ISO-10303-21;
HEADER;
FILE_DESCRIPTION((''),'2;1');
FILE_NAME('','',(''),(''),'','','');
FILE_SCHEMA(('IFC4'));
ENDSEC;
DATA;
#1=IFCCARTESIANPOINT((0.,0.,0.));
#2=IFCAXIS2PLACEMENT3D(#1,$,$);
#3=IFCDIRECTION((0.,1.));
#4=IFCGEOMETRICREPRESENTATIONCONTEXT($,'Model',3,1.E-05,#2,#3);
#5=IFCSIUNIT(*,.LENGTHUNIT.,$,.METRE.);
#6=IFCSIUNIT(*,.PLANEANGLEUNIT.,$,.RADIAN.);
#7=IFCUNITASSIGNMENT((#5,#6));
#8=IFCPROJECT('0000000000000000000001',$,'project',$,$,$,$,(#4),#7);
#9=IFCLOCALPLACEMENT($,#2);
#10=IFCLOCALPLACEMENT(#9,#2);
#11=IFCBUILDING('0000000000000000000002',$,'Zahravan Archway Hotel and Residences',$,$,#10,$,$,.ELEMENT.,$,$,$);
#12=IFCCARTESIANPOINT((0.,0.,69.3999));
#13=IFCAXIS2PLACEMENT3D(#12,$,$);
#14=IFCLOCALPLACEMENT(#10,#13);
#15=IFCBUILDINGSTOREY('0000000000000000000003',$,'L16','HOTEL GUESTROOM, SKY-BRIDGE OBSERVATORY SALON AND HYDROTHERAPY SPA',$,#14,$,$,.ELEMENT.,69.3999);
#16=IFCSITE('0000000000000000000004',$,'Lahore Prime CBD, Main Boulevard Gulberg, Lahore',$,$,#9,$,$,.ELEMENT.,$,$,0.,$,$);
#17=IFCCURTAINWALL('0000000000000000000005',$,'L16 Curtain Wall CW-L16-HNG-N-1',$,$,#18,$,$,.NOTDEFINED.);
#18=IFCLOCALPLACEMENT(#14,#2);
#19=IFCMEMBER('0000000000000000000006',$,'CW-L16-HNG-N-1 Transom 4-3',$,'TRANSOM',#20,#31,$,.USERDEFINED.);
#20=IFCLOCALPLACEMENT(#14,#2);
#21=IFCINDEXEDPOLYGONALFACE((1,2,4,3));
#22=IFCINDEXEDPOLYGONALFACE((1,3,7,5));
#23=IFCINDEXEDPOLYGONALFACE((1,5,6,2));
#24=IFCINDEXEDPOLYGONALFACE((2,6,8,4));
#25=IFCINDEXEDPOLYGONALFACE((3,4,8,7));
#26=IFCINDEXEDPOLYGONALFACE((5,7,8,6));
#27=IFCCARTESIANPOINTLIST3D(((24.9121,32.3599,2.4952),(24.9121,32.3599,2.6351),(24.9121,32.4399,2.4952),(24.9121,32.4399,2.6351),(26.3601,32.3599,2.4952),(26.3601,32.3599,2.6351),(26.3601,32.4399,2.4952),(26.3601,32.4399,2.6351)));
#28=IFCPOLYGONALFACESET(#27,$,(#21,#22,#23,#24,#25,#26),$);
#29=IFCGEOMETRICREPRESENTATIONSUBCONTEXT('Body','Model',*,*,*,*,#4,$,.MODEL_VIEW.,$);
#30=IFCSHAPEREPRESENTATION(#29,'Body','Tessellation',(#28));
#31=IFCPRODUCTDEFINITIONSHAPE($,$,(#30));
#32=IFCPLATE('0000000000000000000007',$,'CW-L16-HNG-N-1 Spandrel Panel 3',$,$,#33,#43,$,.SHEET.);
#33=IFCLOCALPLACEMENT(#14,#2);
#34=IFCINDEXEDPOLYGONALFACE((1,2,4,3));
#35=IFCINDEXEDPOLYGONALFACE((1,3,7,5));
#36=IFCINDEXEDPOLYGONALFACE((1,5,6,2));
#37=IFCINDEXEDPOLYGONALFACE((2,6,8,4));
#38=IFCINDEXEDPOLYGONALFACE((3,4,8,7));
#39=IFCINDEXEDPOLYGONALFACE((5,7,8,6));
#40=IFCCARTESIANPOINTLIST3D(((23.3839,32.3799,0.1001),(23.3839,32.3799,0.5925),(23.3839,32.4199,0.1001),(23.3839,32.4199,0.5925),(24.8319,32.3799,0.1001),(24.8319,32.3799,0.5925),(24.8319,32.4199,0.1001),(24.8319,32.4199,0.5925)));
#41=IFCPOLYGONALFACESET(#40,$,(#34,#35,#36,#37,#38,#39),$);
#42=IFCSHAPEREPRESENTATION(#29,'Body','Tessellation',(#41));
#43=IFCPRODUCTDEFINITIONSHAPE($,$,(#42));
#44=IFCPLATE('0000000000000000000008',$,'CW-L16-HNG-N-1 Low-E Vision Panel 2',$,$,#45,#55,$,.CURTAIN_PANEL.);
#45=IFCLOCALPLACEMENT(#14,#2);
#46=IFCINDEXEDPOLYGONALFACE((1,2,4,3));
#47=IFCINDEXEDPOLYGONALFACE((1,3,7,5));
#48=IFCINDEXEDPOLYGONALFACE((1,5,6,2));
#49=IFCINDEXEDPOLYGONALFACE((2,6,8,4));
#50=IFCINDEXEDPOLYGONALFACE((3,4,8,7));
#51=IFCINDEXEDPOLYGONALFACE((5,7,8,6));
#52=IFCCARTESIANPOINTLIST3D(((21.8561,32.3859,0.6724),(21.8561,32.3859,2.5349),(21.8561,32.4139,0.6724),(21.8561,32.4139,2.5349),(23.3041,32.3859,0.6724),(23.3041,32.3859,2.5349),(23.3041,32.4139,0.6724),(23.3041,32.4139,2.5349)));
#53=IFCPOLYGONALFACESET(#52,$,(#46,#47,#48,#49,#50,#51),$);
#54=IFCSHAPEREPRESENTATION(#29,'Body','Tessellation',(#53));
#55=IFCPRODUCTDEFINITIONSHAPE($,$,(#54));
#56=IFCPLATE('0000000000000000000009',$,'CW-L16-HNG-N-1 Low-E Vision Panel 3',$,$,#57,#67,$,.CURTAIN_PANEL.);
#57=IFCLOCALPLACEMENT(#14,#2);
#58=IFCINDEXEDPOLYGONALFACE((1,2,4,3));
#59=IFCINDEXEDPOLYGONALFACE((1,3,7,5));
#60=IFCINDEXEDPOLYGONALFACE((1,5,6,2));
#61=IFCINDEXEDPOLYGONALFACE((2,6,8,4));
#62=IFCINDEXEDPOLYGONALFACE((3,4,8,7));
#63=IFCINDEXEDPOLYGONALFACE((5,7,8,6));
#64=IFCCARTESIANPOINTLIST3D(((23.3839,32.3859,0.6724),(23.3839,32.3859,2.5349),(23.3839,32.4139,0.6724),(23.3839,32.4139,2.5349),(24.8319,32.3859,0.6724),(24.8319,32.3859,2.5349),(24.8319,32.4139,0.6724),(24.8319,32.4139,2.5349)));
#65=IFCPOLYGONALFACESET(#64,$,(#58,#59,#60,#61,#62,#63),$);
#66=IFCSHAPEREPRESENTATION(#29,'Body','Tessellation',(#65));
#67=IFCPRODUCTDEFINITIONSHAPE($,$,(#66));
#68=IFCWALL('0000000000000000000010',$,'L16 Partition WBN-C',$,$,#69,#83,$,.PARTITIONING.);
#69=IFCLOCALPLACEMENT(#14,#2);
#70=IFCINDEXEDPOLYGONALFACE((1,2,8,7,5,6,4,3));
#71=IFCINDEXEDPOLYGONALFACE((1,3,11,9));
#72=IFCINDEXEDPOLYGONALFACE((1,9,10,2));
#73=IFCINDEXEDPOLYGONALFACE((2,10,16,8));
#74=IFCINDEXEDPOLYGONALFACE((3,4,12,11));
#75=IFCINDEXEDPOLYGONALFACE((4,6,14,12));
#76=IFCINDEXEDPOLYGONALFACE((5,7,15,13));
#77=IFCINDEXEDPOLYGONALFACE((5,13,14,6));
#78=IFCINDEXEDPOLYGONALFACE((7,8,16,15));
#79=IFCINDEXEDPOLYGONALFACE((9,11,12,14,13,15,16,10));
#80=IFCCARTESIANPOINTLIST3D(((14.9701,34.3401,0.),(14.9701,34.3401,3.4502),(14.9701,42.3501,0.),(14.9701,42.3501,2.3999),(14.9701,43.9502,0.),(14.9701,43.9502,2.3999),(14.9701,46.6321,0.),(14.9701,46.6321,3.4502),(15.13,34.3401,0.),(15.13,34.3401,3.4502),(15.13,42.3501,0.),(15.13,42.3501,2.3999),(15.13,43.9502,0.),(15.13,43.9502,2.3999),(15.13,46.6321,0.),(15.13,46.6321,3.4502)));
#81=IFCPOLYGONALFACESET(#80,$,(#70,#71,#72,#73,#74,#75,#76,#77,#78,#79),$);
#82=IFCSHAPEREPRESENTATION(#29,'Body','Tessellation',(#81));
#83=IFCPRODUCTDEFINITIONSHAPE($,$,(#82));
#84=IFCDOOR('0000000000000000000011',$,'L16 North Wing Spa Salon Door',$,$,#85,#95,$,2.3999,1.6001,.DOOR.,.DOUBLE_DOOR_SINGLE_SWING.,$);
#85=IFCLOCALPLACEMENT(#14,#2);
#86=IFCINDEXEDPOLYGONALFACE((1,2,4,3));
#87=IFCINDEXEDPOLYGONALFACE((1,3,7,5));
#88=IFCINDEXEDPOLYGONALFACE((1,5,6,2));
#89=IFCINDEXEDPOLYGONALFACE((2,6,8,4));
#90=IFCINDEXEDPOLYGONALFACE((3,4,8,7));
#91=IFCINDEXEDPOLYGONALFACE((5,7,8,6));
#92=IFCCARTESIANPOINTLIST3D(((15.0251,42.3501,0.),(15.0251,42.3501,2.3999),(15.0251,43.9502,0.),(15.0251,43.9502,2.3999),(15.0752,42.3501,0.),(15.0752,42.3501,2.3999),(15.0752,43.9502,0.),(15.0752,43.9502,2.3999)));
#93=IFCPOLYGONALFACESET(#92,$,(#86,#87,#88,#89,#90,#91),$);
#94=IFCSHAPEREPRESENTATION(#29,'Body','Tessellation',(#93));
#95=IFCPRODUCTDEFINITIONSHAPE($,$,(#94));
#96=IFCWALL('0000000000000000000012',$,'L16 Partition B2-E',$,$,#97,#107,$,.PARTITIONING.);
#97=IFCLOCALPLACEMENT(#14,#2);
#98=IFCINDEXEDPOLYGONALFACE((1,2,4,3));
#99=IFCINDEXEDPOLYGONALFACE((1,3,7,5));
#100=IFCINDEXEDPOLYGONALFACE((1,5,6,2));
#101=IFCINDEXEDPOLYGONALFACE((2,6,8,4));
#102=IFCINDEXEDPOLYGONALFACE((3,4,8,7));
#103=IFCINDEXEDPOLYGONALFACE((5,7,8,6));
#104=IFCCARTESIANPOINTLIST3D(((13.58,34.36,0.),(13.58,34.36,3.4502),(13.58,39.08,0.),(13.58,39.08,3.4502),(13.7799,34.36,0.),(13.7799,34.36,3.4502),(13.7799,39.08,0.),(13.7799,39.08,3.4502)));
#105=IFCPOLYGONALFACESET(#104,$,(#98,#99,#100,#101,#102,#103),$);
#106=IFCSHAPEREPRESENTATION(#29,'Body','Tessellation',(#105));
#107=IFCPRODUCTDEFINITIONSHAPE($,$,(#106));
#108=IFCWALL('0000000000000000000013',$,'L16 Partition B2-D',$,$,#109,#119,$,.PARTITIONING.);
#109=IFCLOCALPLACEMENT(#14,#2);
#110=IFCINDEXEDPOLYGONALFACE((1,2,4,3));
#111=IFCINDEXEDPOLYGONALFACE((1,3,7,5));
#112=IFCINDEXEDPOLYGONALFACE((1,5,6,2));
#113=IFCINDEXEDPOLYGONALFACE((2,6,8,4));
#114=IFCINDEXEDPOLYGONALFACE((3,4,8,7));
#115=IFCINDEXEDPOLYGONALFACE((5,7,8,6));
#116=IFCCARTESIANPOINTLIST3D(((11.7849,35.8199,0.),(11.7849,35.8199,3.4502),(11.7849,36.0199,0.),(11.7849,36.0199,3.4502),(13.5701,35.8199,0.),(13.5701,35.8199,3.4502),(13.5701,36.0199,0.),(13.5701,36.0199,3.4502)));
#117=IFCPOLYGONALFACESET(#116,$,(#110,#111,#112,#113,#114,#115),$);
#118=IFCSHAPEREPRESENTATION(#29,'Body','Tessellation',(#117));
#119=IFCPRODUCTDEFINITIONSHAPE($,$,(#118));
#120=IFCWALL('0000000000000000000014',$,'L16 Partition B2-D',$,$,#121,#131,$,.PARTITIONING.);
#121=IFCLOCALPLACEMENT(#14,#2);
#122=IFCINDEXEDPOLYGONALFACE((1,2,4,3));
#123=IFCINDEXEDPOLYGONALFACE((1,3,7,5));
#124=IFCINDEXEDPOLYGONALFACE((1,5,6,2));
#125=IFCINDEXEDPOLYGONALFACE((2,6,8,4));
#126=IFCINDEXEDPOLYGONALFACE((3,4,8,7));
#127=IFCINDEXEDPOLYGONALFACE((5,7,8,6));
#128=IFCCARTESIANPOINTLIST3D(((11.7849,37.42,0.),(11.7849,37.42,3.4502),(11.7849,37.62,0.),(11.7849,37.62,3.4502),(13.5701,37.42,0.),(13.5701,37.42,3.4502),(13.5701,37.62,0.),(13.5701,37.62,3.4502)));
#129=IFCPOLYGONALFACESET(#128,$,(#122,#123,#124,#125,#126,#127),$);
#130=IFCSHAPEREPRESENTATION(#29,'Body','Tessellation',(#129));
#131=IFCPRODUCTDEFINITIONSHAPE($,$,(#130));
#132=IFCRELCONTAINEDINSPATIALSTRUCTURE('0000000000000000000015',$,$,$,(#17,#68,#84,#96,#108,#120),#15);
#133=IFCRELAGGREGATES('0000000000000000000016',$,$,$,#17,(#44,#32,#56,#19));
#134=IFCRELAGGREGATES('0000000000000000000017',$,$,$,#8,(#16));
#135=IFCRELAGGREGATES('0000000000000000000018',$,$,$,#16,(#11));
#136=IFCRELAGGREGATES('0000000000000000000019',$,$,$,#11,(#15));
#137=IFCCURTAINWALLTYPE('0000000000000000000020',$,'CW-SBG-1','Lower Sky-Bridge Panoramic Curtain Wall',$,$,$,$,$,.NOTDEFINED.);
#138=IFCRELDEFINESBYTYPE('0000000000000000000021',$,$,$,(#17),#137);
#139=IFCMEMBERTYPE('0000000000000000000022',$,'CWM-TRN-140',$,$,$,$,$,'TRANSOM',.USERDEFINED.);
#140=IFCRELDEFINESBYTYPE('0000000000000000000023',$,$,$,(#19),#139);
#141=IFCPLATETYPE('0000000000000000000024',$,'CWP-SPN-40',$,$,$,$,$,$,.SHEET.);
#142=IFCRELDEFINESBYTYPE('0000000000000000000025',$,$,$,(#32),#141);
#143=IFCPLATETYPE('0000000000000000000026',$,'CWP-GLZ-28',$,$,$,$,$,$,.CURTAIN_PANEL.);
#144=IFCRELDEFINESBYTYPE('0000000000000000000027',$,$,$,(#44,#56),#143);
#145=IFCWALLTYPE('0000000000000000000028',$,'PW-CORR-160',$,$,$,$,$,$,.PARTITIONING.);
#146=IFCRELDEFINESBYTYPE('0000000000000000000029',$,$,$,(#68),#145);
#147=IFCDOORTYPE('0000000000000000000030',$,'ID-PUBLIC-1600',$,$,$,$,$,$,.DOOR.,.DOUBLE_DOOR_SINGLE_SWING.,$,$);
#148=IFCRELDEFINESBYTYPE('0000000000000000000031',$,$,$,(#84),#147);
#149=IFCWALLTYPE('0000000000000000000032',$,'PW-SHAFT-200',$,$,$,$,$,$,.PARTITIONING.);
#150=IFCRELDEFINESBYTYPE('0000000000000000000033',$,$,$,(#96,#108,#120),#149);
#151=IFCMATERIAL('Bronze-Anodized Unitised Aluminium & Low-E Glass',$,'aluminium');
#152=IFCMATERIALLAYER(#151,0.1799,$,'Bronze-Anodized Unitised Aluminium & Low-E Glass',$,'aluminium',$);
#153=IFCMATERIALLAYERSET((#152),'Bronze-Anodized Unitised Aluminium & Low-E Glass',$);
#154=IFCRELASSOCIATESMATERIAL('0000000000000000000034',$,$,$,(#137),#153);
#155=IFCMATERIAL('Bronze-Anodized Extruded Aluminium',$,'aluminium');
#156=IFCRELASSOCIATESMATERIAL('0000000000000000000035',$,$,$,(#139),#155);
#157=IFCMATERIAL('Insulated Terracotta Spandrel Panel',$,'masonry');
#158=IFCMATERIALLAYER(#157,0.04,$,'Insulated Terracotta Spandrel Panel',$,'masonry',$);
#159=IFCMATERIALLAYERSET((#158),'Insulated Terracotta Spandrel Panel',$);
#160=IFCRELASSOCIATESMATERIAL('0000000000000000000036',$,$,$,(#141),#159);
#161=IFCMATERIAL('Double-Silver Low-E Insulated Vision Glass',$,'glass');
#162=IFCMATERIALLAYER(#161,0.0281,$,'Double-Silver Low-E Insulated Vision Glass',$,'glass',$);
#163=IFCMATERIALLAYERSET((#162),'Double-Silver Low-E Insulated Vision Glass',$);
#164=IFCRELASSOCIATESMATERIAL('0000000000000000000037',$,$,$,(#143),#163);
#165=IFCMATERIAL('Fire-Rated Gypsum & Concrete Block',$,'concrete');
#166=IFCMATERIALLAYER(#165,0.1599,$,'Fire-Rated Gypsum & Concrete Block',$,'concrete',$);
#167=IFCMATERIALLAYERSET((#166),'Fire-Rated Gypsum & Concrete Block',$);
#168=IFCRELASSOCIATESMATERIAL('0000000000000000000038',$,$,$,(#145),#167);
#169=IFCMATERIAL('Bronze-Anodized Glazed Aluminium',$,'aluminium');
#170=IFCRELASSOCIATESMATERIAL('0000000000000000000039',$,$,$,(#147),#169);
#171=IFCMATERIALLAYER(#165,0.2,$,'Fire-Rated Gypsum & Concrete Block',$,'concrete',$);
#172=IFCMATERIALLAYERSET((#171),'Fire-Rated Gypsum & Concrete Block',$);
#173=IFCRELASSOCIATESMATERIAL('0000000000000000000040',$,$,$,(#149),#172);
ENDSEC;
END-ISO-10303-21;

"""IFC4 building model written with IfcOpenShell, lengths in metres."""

from ifc_helpers import new_model, si_unit, direction, frame, frame_2d, origin, origin_2d, place, context, subcontext, project, spatial, rectangle, extrude, source, transform, mapped, material, layer, layer_set, material_profile, profile_set, type_object, type_shapes, element, fill, aggregate, save


model = new_model("IFC4")

# Units and contexts
model_context = context("Model", 3, precision=1e-05, world=origin(), true_north=direction((0.0, 1.0)))
body_context = subcontext(model_context, "Body", "Model", "MODEL_VIEW")
ifc_project = project(units=[si_unit("LENGTHUNIT", "METRE"), si_unit("PLANEANGLEUNIT", "RADIAN")], contexts=[model_context])

# Site, building, storey
site_placement = place(None, origin())
site = spatial("IfcSite", under=ifc_project, at=site_placement, Name="Lahore Prime CBD, Main Boulevard Gulberg, Lahore", CompositionType="ELEMENT", RefElevation=0.0)
building_placement = place(site_placement, origin())
building = spatial("IfcBuilding", under=site, at=building_placement, Name="Zahravan Archway Hotel and Residences", CompositionType="ELEMENT")
storey_placement = place(building_placement, frame((0.0, 0.0, 69.3999)))
storey = spatial("IfcBuildingStorey", under=building, at=storey_placement, Name="L16", Description="HOTEL GUESTROOM, SKY-BRIDGE OBSERVATORY SALON AND HYDROTHERAPY SPA", CompositionType="ELEMENT", Elevation=69.3999)

# Curtain wall, member, plates
ifc_material_1 = material(Name="Bronze-Anodized Unitised Aluminium & Low-E Glass", Category="aluminium")
ifc_layer_1 = layer(ifc_material_1, 0.1799, Name="Bronze-Anodized Unitised Aluminium & Low-E Glass", Category="aluminium")
ifc_layer_set_1 = layer_set([ifc_layer_1], Name="Bronze-Anodized Unitised Aluminium & Low-E Glass")
curtain_wall_type = type_object("IfcCurtainWallType", Name="CW-SBG-1", Description="Lower Sky-Bridge Panoramic Curtain Wall", PredefinedType="NOTDEFINED", material=ifc_layer_set_1)
curtain_wall_placement = place(storey_placement, origin())
curtain_wall = element("IfcCurtainWall", 1, at=curtain_wall_placement, inside=storey, type_object=curtain_wall_type, Name="L16 Curtain Wall CW-L16-HNG-N-1", PredefinedType="NOTDEFINED")
ifc_material_2 = material(Name="Bronze-Anodized Extruded Aluminium", Category="aluminium")
ifc_material_profile_1 = material_profile(ifc_material_2, rectangle(XDim=0.0801, YDim=0.1399, at=origin_2d()), Name="TRN 80x140", Category="aluminium")
ifc_profile_set_1 = profile_set([ifc_material_profile_1], Name="Bronze-Anodized Extruded Aluminium")
member_type_1 = type_object("IfcMemberType", Name="CWM-TRN-140", ElementType="TRANSOM", PredefinedType="USERDEFINED", material=ifc_profile_set_1)
shared_shape_1 = source(origin(), body_context, "Body", "SweptSolid", [
    extrude(rectangle(XDim=0.0801, YDim=0.1399, at=origin_2d()), origin(), (0.0, 0.0, 1.0), 1.448),
])
member_1_placement = place(storey_placement, frame((24.9121, 32.3999, 2.5652), z_axis=(1.0, 0.0, 0.0), x_axis=(0.0, 1.0, 0.0)))
member_1 = element("IfcMember", 2, at=member_1_placement, type_object=member_type_1, Name="CW-L16-HNG-N-1 Transom 4-3", ObjectType="TRANSOM", PredefinedType="USERDEFINED", context=body_context, shape_type="MappedRepresentation", body=[
    mapped(shared_shape_1, transform((0.0, 0.0, 0.0), scale=1.0)),
])
ifc_material_3 = material(Name="Insulated Terracotta Spandrel Panel", Category="masonry")
ifc_layer_2 = layer(ifc_material_3, 0.04, Name="Insulated Terracotta Spandrel Panel", Category="masonry")
ifc_layer_set_2 = layer_set([ifc_layer_2], Name="Insulated Terracotta Spandrel Panel")
plate_type_1 = type_object("IfcPlateType", Name="CWP-SPN-40", PredefinedType="SHEET", material=ifc_layer_set_2)
shared_shape_2 = source(origin(), body_context, "Body", "SweptSolid", [
    extrude(rectangle(XDim=1.448, YDim=0.04, at=origin_2d()), origin(), (0.0, 0.0, 1.0), 0.4924),
])
plate_1_placement = place(storey_placement, frame((24.1079, 32.3999, 0.1001), z_axis=(0.0, 0.0, 1.0), x_axis=(1.0, 0.0, 0.0)))
plate_1 = element("IfcPlate", 3, at=plate_1_placement, type_object=plate_type_1, Name="CW-L16-HNG-N-1 Spandrel Panel 3", PredefinedType="SHEET", context=body_context, shape_type="MappedRepresentation", body=[
    mapped(shared_shape_2, transform((0.0, 0.0, 0.0), scale=1.0)),
])
ifc_material_4 = material(Name="Double-Silver Low-E Insulated Vision Glass", Category="glass")
ifc_layer_3 = layer(ifc_material_4, 0.0281, Name="Double-Silver Low-E Insulated Vision Glass", Category="glass")
ifc_layer_set_3 = layer_set([ifc_layer_3], Name="Double-Silver Low-E Insulated Vision Glass")
plate_type_2 = type_object("IfcPlateType", Name="CWP-GLZ-28", PredefinedType="CURTAIN_PANEL", material=ifc_layer_set_3)
shared_shape_3 = source(origin(), body_context, "Body", "SweptSolid", [
    extrude(rectangle(XDim=1.448, YDim=0.0281, at=origin_2d()), origin(), (0.0, 0.0, 1.0), 1.8625),
])
plate_2_placement = place(storey_placement, frame((22.5801, 32.3999, 0.6724), z_axis=(0.0, 0.0, 1.0), x_axis=(1.0, 0.0, 0.0)))
plate_2 = element("IfcPlate", 4, at=plate_2_placement, type_object=plate_type_2, Name="CW-L16-HNG-N-1 Low-E Vision Panel 2", PredefinedType="CURTAIN_PANEL", context=body_context, shape_type="MappedRepresentation", body=[
    mapped(shared_shape_3, transform((0.0, 0.0, 0.0), scale=1.0)),
])
plate_3_placement = place(storey_placement, frame((24.1079, 32.3999, 0.6724), z_axis=(0.0, 0.0, 1.0), x_axis=(1.0, 0.0, 0.0)))
plate_3 = element("IfcPlate", 5, at=plate_3_placement, type_object=plate_type_2, Name="CW-L16-HNG-N-1 Low-E Vision Panel 3", PredefinedType="CURTAIN_PANEL", context=body_context, shape_type="MappedRepresentation", body=[
    mapped(shared_shape_3, transform((0.0, 0.0, 0.0), scale=1.0)),
])
aggregate(curtain_wall, [plate_2, plate_1, plate_3, member_1])

# Wall, opening, door
ifc_material_5 = material(Name="Fire-Rated Gypsum & Concrete Block", Category="concrete")
ifc_layer_4 = layer(ifc_material_5, 0.1599, Name="Fire-Rated Gypsum & Concrete Block", Category="concrete")
ifc_layer_set_4 = layer_set([ifc_layer_4], Name="Fire-Rated Gypsum & Concrete Block")
wall_type_1 = type_object("IfcWallType", Name="PW-CORR-160", PredefinedType="PARTITIONING", material=ifc_layer_set_4)
wall_1_placement = place(storey_placement, frame((15.05, 34.3401, 0.0), z_axis=(0.0, 0.0, 1.0), x_axis=(0.0, 1.0, 0.0)))
wall_1 = element("IfcWall", 6, at=wall_1_placement, inside=storey, type_object=wall_type_1, Name="L16 Partition WBN-C", PredefinedType="PARTITIONING", context=body_context, shape_type="SweptSolid", body=[
    extrude(rectangle(XDim=12.292, YDim=0.1599, at=frame_2d((6.146, 0.0))), origin(), (0.0, 0.0, 1.0), 3.4502),
])
opening_placement = place(wall_1_placement, frame((8.01, 0.0, 0.0)))
opening = element("IfcOpeningElement", 7, at=opening_placement, cuts=wall_1, PredefinedType="OPENING", context=body_context, shape_type="SweptSolid", body=[
    extrude(rectangle(XDim=1.6001, YDim=2.3999, at=frame_2d((0.8, 1.2))), frame((0.0, 0.0898, 0.0), z_axis=(0.0, -1.0, 0.0), x_axis=(1.0, 0.0, 0.0)), (0.0, 0.0, 1.0), 0.1799),
])
ifc_material_6 = material(Name="Bronze-Anodized Glazed Aluminium", Category="aluminium")
door_type = type_object("IfcDoorType", Name="ID-PUBLIC-1600", OperationType="DOUBLE_DOOR_SINGLE_SWING", PredefinedType="DOOR", material=ifc_material_6)
shared_shape_4 = source(origin(), body_context, "Body", "SweptSolid", [
    extrude(rectangle(XDim=1.6001, YDim=2.3999, at=frame_2d((0.8, 1.2))), frame((0.0, 0.0249, 0.0), z_axis=(0.0, -1.0, 0.0), x_axis=(1.0, 0.0, 0.0)), (0.0, 0.0, 1.0), 0.05),
])
type_shapes(door_type, [shared_shape_4])
door_placement = place(opening_placement, origin())
door = element("IfcDoor", 8, at=door_placement, inside=storey, type_object=door_type, Name="L16 North Wing Spa Salon Door", OperationType="DOUBLE_DOOR_SINGLE_SWING", OverallHeight=2.3999, OverallWidth=1.6001, PredefinedType="DOOR", context=body_context, shape_type="MappedRepresentation", body=[
    mapped(shared_shape_4, transform((0.0, 0.0, 0.0), scale=1.0)),
])
fill(opening, door)

# Walls
ifc_layer_5 = layer(ifc_material_5, 0.2, Name="Fire-Rated Gypsum & Concrete Block", Category="concrete")
ifc_layer_set_5 = layer_set([ifc_layer_5], Name="Fire-Rated Gypsum & Concrete Block")
wall_type_2 = type_object("IfcWallType", Name="PW-SHAFT-200", PredefinedType="PARTITIONING", material=ifc_layer_set_5)
wall_2_placement = place(storey_placement, frame((13.6799, 34.3601, 0.0), z_axis=(0.0, 0.0, 1.0), x_axis=(0.0, 1.0, 0.0)))
element("IfcWall", 9, at=wall_2_placement, inside=storey, type_object=wall_type_2, Name="L16 Partition B2-E", PredefinedType="PARTITIONING", context=body_context, shape_type="SweptSolid", body=[
    extrude(rectangle(XDim=4.72, YDim=0.2, at=frame_2d((2.3599, 0.0))), origin(), (0.0, 0.0, 1.0), 3.4502),
])
for number, where, z_axis, x_axis, name in (
    (10, (11.7849, 35.9199, 0.0), (0.0, 0.0, 1.0), (1.0, 0.0, 0.0), "L16 Partition B2-D"),
    (11, (11.7849, 37.52, 0.0), (0.0, 0.0, 1.0), (1.0, 0.0, 0.0), "L16 Partition B2-D"),
):
    element("IfcWall", number, at=place(storey_placement, frame(where, z_axis=z_axis, x_axis=x_axis)), inside=storey, type_object=wall_type_2, Name=name, PredefinedType="PARTITIONING", context=body_context, shape_type="SweptSolid", body=[
        extrude(rectangle(XDim=1.7852, YDim=0.2, at=frame_2d((0.8926, 0.0))), origin(), (0.0, 0.0, 1.0), 3.4502),
    ])

save(model, "model.ifc")
